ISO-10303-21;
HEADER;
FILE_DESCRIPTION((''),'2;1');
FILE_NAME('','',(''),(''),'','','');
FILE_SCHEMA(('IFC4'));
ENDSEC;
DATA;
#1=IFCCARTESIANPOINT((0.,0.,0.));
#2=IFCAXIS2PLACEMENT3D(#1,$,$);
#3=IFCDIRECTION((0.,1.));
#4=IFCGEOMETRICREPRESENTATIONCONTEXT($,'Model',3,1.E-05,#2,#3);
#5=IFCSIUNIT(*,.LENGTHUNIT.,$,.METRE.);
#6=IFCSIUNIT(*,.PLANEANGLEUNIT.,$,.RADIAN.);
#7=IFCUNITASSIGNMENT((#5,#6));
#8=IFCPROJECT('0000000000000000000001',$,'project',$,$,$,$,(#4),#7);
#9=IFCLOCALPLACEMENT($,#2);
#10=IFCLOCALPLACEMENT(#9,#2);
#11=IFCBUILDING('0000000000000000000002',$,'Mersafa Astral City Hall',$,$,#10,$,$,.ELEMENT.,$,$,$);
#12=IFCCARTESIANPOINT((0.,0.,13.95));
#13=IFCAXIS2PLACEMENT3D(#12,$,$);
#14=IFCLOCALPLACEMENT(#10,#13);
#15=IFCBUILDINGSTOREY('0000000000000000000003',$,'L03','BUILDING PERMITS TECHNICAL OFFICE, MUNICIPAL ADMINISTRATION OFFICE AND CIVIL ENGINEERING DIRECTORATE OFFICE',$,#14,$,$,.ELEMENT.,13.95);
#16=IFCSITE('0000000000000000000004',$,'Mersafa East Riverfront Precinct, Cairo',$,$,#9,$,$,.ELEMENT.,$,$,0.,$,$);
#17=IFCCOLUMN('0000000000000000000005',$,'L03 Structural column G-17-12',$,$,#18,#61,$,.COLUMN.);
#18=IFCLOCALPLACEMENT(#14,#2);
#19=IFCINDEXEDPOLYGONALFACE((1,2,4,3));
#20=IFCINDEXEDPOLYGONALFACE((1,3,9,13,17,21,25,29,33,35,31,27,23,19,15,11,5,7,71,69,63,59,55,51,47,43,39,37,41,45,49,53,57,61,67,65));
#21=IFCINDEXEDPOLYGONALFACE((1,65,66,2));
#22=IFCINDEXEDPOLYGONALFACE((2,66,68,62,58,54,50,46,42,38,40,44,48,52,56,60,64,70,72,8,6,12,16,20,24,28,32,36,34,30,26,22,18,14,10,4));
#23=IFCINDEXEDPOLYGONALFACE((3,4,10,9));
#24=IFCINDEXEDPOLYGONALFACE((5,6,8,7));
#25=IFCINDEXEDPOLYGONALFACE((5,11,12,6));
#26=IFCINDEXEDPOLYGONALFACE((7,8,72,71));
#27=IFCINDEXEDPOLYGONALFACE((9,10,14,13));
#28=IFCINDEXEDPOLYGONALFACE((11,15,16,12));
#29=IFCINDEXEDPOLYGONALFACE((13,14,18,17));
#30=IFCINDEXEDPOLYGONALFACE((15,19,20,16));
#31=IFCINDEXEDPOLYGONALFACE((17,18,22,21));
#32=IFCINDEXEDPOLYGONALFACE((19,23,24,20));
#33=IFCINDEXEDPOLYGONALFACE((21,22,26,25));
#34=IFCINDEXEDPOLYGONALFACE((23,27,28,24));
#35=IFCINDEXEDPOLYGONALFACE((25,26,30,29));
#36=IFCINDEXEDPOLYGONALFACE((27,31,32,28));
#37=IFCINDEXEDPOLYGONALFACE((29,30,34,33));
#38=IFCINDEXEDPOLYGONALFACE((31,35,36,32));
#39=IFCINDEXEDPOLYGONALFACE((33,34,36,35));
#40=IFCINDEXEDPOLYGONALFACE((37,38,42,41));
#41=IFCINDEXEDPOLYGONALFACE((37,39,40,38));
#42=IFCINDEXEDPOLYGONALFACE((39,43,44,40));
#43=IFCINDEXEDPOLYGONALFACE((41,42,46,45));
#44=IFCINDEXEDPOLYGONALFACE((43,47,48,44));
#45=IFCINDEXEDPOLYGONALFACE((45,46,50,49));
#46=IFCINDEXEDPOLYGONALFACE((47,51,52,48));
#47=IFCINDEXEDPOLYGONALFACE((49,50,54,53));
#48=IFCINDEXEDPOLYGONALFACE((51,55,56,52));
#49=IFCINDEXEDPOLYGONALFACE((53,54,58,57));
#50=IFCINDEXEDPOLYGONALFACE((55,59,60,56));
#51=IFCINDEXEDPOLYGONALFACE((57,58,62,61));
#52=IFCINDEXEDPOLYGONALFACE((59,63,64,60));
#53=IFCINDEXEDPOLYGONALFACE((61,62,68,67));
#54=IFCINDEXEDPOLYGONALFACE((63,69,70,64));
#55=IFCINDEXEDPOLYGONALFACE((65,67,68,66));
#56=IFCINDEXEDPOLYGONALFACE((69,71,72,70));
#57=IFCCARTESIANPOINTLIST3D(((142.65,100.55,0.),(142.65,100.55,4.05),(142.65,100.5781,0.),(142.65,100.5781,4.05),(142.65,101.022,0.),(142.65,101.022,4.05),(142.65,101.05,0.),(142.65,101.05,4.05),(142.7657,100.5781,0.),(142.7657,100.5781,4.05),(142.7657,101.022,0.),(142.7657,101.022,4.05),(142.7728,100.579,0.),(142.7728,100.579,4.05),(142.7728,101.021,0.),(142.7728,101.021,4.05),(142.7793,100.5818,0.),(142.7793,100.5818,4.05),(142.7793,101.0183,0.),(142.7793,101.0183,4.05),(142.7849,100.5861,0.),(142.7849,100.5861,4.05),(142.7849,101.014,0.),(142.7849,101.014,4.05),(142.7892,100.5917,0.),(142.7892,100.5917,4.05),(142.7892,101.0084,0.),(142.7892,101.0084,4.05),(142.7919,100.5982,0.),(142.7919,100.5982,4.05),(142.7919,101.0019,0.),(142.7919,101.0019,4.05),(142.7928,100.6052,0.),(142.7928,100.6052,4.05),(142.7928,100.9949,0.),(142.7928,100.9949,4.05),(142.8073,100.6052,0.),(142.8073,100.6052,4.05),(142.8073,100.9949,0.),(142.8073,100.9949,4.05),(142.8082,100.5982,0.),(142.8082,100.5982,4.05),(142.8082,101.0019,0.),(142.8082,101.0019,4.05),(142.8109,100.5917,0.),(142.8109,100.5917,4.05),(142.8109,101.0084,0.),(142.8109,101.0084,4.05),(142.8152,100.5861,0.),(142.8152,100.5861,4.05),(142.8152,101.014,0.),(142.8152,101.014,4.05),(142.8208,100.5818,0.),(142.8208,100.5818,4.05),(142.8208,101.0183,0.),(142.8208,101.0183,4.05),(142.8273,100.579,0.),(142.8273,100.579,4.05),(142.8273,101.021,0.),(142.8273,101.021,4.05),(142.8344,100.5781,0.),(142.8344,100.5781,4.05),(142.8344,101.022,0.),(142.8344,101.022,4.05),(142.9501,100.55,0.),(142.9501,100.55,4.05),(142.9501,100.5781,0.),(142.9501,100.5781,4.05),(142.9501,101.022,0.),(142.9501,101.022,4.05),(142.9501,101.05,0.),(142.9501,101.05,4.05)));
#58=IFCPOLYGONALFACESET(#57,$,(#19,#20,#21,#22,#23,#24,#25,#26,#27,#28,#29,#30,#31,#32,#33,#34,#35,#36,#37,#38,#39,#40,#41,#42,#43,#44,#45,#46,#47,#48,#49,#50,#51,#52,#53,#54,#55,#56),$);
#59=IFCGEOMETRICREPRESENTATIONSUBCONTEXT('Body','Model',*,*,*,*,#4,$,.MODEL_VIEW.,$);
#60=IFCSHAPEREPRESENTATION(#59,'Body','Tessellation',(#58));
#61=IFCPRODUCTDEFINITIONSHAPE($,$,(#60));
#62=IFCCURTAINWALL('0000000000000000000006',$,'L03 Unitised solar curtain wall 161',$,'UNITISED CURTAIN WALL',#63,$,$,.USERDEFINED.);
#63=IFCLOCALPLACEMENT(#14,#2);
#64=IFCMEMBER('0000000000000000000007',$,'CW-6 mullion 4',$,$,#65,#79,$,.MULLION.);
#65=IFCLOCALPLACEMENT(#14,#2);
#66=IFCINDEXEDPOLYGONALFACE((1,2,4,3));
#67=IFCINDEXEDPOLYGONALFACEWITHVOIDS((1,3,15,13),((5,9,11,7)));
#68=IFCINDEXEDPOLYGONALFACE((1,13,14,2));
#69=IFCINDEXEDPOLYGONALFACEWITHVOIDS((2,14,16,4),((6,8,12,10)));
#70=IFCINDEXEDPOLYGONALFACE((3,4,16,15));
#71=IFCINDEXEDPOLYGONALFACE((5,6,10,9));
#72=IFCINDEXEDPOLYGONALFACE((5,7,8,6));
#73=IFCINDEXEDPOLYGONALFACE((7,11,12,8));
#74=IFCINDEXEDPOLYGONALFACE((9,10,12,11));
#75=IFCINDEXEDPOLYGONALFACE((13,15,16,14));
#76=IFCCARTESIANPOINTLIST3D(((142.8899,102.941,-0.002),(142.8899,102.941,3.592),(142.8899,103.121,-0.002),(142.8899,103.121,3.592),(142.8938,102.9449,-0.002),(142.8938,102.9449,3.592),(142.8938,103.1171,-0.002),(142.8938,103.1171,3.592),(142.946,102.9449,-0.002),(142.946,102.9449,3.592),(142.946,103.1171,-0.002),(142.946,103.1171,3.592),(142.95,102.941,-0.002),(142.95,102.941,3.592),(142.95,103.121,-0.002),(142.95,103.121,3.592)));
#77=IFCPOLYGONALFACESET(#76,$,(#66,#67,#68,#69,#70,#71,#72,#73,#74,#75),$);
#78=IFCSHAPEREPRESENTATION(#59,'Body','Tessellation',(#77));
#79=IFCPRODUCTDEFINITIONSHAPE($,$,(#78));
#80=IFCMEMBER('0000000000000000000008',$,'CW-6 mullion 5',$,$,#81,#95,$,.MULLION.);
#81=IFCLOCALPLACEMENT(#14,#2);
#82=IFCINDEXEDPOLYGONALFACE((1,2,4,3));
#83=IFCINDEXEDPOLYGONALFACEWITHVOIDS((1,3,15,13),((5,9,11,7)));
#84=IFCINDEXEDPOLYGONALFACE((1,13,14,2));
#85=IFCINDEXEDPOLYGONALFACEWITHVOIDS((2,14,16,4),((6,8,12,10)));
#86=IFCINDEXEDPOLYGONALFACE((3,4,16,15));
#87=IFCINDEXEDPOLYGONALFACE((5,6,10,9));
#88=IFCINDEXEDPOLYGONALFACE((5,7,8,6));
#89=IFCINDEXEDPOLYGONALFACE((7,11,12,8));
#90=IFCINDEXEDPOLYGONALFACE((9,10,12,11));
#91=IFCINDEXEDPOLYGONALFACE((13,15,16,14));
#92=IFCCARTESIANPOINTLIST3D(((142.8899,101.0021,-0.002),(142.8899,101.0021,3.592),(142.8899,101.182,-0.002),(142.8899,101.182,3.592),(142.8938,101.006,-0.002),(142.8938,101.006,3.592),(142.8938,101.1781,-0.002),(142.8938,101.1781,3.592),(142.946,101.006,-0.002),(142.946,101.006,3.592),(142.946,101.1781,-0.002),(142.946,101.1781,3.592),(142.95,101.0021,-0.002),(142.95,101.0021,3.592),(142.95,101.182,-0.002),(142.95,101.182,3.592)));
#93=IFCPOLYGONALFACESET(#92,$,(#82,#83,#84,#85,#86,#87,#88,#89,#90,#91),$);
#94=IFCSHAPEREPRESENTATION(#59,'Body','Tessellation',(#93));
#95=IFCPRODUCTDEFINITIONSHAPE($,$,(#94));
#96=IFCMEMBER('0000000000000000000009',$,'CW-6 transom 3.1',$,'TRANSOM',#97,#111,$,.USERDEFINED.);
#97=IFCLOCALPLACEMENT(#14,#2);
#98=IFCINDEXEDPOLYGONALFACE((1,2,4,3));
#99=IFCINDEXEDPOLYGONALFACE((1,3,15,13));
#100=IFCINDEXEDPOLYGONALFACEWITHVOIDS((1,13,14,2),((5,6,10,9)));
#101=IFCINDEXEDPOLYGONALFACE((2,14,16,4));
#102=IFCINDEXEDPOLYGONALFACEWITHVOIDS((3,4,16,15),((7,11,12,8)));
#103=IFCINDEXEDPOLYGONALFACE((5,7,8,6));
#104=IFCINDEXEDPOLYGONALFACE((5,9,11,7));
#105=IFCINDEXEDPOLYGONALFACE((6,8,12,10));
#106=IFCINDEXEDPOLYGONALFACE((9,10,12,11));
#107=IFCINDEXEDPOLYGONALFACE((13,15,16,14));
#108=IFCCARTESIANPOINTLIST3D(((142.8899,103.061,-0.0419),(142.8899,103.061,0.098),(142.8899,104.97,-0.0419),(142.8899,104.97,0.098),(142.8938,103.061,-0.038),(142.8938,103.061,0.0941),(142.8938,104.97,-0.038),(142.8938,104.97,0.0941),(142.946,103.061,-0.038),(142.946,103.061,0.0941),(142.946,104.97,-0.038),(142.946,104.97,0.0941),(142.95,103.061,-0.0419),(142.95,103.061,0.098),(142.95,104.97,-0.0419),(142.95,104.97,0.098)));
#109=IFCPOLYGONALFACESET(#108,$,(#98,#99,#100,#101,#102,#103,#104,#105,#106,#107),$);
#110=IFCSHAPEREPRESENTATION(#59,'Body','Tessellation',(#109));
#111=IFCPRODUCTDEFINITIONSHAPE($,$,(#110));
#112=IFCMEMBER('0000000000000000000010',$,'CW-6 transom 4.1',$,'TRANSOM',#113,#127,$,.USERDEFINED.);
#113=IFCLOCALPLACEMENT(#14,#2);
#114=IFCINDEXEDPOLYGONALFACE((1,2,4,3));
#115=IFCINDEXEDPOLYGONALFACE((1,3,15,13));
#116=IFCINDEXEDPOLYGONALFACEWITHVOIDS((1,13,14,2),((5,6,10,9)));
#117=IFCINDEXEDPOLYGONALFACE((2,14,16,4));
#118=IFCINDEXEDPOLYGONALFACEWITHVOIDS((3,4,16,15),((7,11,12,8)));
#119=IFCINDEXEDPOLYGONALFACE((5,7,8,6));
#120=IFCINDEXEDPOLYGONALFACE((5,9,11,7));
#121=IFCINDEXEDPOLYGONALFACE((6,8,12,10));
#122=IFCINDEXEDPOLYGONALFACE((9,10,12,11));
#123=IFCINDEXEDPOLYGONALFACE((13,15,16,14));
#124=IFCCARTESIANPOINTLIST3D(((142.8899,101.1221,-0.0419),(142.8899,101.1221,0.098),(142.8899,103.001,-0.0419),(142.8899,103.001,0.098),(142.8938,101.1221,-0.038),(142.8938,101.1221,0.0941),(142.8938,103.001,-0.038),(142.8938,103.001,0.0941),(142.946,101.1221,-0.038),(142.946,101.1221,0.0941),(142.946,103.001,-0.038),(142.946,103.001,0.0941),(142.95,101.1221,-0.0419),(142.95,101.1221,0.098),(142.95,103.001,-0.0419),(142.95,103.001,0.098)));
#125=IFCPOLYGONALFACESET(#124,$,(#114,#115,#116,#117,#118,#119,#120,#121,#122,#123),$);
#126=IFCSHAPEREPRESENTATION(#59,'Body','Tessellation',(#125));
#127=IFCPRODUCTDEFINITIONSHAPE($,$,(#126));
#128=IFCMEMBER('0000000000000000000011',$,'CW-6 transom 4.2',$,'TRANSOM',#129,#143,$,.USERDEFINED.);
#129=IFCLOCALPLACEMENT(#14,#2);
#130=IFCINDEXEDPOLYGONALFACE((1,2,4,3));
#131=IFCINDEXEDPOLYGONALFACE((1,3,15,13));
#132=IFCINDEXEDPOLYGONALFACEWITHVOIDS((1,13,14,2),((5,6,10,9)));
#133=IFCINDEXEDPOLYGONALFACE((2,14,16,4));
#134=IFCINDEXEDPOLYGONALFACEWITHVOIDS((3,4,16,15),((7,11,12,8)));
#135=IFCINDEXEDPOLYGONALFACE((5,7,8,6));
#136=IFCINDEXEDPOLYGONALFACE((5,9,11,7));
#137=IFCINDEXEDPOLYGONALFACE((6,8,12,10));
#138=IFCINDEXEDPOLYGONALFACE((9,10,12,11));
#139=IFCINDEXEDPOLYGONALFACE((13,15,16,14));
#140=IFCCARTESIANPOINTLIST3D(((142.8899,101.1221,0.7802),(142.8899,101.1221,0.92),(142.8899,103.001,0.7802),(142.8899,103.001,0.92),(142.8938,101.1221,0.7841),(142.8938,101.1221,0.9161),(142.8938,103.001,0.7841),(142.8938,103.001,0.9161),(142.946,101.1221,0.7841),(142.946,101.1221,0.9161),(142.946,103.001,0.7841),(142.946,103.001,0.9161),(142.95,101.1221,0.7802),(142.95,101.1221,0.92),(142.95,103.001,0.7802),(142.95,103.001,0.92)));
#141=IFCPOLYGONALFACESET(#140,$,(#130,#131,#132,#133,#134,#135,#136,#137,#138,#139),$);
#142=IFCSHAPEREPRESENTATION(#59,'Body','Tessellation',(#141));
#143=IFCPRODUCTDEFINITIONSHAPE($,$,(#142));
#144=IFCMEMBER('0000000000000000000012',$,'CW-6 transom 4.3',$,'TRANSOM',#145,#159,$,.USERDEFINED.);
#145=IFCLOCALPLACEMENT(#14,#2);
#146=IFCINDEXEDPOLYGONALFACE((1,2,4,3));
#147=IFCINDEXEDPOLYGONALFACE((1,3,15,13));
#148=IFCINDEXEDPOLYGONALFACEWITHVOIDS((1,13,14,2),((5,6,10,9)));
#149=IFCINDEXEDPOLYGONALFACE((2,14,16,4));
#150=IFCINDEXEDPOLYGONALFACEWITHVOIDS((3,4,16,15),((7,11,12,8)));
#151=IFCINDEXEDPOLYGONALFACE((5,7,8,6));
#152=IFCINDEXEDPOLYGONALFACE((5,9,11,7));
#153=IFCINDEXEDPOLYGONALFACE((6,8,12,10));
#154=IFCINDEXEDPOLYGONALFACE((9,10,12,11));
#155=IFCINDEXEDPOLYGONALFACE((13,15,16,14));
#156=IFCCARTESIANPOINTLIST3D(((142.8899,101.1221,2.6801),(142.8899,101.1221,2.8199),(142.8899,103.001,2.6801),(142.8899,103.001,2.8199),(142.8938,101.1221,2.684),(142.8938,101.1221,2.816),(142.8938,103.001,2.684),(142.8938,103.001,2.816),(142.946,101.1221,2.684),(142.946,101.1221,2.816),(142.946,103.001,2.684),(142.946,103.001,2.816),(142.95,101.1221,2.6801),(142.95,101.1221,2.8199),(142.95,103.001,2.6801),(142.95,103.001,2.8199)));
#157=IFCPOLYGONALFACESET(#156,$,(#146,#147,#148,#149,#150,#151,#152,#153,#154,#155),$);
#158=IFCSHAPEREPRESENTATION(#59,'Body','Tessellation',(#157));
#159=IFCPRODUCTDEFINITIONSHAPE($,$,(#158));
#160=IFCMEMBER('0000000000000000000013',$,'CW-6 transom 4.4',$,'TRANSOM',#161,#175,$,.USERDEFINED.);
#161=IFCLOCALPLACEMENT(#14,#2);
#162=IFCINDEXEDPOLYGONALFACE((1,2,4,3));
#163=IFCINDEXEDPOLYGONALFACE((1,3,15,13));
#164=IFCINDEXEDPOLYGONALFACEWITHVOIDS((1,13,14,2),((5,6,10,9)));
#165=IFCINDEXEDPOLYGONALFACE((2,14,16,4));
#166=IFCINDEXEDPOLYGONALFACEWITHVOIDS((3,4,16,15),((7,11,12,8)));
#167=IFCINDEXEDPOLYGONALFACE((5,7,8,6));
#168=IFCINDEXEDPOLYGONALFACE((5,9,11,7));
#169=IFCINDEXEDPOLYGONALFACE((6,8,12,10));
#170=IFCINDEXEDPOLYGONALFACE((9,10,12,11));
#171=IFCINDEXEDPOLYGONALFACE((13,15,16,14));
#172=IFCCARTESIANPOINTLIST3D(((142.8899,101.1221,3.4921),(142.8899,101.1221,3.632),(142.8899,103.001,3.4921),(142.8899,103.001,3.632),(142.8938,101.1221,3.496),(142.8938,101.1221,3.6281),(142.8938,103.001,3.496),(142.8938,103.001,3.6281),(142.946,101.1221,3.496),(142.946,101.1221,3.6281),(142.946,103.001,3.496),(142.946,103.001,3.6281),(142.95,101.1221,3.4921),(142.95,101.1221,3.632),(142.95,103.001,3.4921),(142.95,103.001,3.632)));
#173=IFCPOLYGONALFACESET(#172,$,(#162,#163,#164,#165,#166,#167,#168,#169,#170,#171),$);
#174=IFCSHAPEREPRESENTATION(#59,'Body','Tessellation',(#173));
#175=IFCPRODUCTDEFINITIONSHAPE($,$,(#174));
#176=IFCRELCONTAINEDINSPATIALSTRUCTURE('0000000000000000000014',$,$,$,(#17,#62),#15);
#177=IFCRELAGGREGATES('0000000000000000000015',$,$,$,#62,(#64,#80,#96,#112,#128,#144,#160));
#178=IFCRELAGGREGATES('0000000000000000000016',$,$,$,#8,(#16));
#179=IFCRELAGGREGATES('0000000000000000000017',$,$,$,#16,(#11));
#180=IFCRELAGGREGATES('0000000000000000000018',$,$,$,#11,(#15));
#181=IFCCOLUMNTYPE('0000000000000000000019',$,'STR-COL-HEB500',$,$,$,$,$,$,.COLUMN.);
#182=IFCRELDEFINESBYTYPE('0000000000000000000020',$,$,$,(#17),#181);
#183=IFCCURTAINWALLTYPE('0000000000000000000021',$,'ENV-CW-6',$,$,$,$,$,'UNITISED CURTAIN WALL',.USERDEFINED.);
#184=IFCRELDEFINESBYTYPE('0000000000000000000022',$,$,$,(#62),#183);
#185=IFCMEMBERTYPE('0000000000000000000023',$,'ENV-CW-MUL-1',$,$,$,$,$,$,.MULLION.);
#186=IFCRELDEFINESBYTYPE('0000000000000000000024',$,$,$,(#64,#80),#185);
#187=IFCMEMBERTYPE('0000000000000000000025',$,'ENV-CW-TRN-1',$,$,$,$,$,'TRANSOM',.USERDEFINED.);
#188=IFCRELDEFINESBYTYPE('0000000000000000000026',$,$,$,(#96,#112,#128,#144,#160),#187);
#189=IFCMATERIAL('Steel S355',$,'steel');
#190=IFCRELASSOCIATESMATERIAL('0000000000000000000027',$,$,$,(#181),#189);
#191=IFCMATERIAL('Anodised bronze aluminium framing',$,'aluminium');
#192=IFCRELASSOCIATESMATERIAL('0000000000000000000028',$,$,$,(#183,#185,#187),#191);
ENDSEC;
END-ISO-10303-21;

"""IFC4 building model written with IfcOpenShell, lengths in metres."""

from ifc_helpers import new_model, si_unit, direction, frame, origin, origin_2d, place, context, subcontext, project, spatial, hollow_rectangle, i_section, extrude, material, material_profile, profile_set, type_object, element, aggregate, save


model = new_model("IFC4")

# Units and contexts
model_context = context("Model", 3, precision=1e-05, world=origin(), true_north=direction((0.0, 1.0)))
body_context = subcontext(model_context, "Body", "Model", "MODEL_VIEW")
ifc_project = project(units=[si_unit("LENGTHUNIT", "METRE"), si_unit("PLANEANGLEUNIT", "RADIAN")], contexts=[model_context])

# Site, building, storey
site_placement = place(None, origin())
site = spatial("IfcSite", under=ifc_project, at=site_placement, Name="Mersafa East Riverfront Precinct, Cairo", CompositionType="ELEMENT", RefElevation=0.0)
building_placement = place(site_placement, origin())
building = spatial("IfcBuilding", under=site, at=building_placement, Name="Mersafa Astral City Hall", CompositionType="ELEMENT")
storey_placement = place(building_placement, frame((0.0, 0.0, 13.95)))
storey = spatial("IfcBuildingStorey", under=building, at=storey_placement, Name="L03", Description="BUILDING PERMITS TECHNICAL OFFICE, MUNICIPAL ADMINISTRATION OFFICE AND CIVIL ENGINEERING DIRECTORATE OFFICE", CompositionType="ELEMENT", Elevation=13.95)

# Column
ifc_material_1 = material(Name="Steel S355", Category="steel")
ifc_material_profile_1 = material_profile(ifc_material_1, i_section(OverallWidth=0.3, OverallDepth=0.5, WebThickness=0.0144, FlangeThickness=0.0281, FilletRadius=0.0271, at=origin_2d()), Name="HEB 500")
ifc_profile_set_1 = profile_set([ifc_material_profile_1], Name="Steel S355")
column_type = type_object("IfcColumnType", Name="STR-COL-HEB500", PredefinedType="COLUMN", material=ifc_profile_set_1)
column_placement = place(storey_placement, frame((142.8, 100.8, 0.0), z_axis=(0.0, 0.0, 1.0), x_axis=(1.0, 0.0, 0.0)))
element("IfcColumn", 1, at=column_placement, inside=storey, type_object=column_type, Name="L03 Structural column G-17-12", PredefinedType="COLUMN", context=body_context, shape_type="SweptSolid", body=[
    extrude(i_section(OverallWidth=0.3, OverallDepth=0.5, WebThickness=0.0144, FlangeThickness=0.0281, FilletRadius=0.0271, at=origin_2d()), origin(), (0.0, 0.0, 1.0), 4.05),
])

# Curtain wall, members
ifc_material_2 = material(Name="Anodised bronze aluminium framing", Category="aluminium")
curtain_wall_type = type_object("IfcCurtainWallType", Name="ENV-CW-6", ElementType="UNITISED CURTAIN WALL", PredefinedType="USERDEFINED", material=ifc_material_2)
curtain_wall_placement = place(storey_placement, origin())
curtain_wall = element("IfcCurtainWall", 2, at=curtain_wall_placement, inside=storey, type_object=curtain_wall_type, Name="L03 Unitised solar curtain wall 161", ObjectType="UNITISED CURTAIN WALL", PredefinedType="USERDEFINED")
ifc_material_profile_2 = material_profile(ifc_material_2, hollow_rectangle(XDim=0.0601, YDim=0.1799, WallThickness=0.0039, at=origin_2d()), Name="RHS 60x180x4")
ifc_profile_set_2 = profile_set([ifc_material_profile_2], Name="Anodised bronze aluminium framing")
member_type_1 = type_object("IfcMemberType", Name="ENV-CW-MUL-1", PredefinedType="MULLION", material=ifc_profile_set_2)
member_1_placement = place(storey_placement, frame((142.9199, 103.031, -0.002), z_axis=(0.0, 0.0, 1.0), x_axis=(1.0, 0.0, 0.0)))
member_1 = element("IfcMember", 3, at=member_1_placement, type_object=member_type_1, Name="CW-6 mullion 4", PredefinedType="MULLION", context=body_context, shape_type="SweptSolid", body=[
    extrude(hollow_rectangle(XDim=0.0601, YDim=0.1799, WallThickness=0.0039, at=origin_2d()), origin(), (0.0, 0.0, 1.0), 3.594),
])
member_2_placement = place(storey_placement, frame((142.9199, 101.092, -0.002), z_axis=(0.0, 0.0, 1.0), x_axis=(1.0, 0.0, 0.0)))
member_2 = element("IfcMember", 4, at=member_2_placement, type_object=member_type_1, Name="CW-6 mullion 5", PredefinedType="MULLION", context=body_context, shape_type="SweptSolid", body=[
    extrude(hollow_rectangle(XDim=0.0601, YDim=0.1799, WallThickness=0.0039, at=origin_2d()), origin(), (0.0, 0.0, 1.0), 3.594),
])
ifc_material_profile_3 = material_profile(ifc_material_2, hollow_rectangle(XDim=0.0601, YDim=0.1399, WallThickness=0.0039, at=origin_2d()), Name="RHS 60x140x4")
ifc_profile_set_3 = profile_set([ifc_material_profile_3], Name="Anodised bronze aluminium framing")
member_type_2 = type_object("IfcMemberType", Name="ENV-CW-TRN-1", ElementType="TRANSOM", PredefinedType="USERDEFINED", material=ifc_profile_set_3)
member_3_placement = place(storey_placement, frame((142.9199, 104.97, 0.0281), z_axis=(0.0, -1.0, 0.0), x_axis=(1.0, 0.0, 0.0)))
member_3 = element("IfcMember", 5, at=member_3_placement, type_object=member_type_2, Name="CW-6 transom 3.1", ObjectType="TRANSOM", PredefinedType="USERDEFINED", context=body_context, shape_type="SweptSolid", body=[
    extrude(hollow_rectangle(XDim=0.0601, YDim=0.1399, WallThickness=0.0039, at=origin_2d()), origin(), (0.0, 0.0, 1.0), 1.9089),
])
member_4_placement = place(storey_placement, frame((142.9199, 103.001, 0.0281), z_axis=(0.0, -1.0, 0.0), x_axis=(1.0, 0.0, 0.0)))
member_4 = element("IfcMember", 6, at=member_4_placement, type_object=member_type_2, Name="CW-6 transom 4.1", ObjectType="TRANSOM", PredefinedType="USERDEFINED", context=body_context, shape_type="SweptSolid", body=[
    extrude(hollow_rectangle(XDim=0.0601, YDim=0.1399, WallThickness=0.0039, at=origin_2d()), origin(), (0.0, 0.0, 1.0), 1.8789),
])
member_5_placement = place(storey_placement, frame((142.9199, 103.001, 0.8501), z_axis=(0.0, -1.0, 0.0), x_axis=(1.0, 0.0, 0.0)))
member_5 = element("IfcMember", 7, at=member_5_placement, type_object=member_type_2, Name="CW-6 transom 4.2", ObjectType="TRANSOM", PredefinedType="USERDEFINED", context=body_context, shape_type="SweptSolid", body=[
    extrude(hollow_rectangle(XDim=0.0601, YDim=0.1399, WallThickness=0.0039, at=origin_2d()), origin(), (0.0, 0.0, 1.0), 1.8789),
])
member_6_placement = place(storey_placement, frame((142.9199, 103.001, 2.75), z_axis=(0.0, -1.0, 0.0), x_axis=(1.0, 0.0, 0.0)))
member_6 = element("IfcMember", 8, at=member_6_placement, type_object=member_type_2, Name="CW-6 transom 4.3", ObjectType="TRANSOM", PredefinedType="USERDEFINED", context=body_context, shape_type="SweptSolid", body=[
    extrude(hollow_rectangle(XDim=0.0601, YDim=0.1399, WallThickness=0.0039, at=origin_2d()), origin(), (0.0, 0.0, 1.0), 1.8789),
])
member_7_placement = place(storey_placement, frame((142.9199, 103.001, 3.562), z_axis=(0.0, -1.0, 0.0), x_axis=(1.0, 0.0, 0.0)))
member_7 = element("IfcMember", 9, at=member_7_placement, type_object=member_type_2, Name="CW-6 transom 4.4", ObjectType="TRANSOM", PredefinedType="USERDEFINED", context=body_context, shape_type="SweptSolid", body=[
    extrude(hollow_rectangle(XDim=0.0601, YDim=0.1399, WallThickness=0.0039, at=origin_2d()), origin(), (0.0, 0.0, 1.0), 1.8789),
])

aggregate(curtain_wall, [member_1, member_2, member_3, member_4, member_5, member_6, member_7])

save(model, "model.ifc")
